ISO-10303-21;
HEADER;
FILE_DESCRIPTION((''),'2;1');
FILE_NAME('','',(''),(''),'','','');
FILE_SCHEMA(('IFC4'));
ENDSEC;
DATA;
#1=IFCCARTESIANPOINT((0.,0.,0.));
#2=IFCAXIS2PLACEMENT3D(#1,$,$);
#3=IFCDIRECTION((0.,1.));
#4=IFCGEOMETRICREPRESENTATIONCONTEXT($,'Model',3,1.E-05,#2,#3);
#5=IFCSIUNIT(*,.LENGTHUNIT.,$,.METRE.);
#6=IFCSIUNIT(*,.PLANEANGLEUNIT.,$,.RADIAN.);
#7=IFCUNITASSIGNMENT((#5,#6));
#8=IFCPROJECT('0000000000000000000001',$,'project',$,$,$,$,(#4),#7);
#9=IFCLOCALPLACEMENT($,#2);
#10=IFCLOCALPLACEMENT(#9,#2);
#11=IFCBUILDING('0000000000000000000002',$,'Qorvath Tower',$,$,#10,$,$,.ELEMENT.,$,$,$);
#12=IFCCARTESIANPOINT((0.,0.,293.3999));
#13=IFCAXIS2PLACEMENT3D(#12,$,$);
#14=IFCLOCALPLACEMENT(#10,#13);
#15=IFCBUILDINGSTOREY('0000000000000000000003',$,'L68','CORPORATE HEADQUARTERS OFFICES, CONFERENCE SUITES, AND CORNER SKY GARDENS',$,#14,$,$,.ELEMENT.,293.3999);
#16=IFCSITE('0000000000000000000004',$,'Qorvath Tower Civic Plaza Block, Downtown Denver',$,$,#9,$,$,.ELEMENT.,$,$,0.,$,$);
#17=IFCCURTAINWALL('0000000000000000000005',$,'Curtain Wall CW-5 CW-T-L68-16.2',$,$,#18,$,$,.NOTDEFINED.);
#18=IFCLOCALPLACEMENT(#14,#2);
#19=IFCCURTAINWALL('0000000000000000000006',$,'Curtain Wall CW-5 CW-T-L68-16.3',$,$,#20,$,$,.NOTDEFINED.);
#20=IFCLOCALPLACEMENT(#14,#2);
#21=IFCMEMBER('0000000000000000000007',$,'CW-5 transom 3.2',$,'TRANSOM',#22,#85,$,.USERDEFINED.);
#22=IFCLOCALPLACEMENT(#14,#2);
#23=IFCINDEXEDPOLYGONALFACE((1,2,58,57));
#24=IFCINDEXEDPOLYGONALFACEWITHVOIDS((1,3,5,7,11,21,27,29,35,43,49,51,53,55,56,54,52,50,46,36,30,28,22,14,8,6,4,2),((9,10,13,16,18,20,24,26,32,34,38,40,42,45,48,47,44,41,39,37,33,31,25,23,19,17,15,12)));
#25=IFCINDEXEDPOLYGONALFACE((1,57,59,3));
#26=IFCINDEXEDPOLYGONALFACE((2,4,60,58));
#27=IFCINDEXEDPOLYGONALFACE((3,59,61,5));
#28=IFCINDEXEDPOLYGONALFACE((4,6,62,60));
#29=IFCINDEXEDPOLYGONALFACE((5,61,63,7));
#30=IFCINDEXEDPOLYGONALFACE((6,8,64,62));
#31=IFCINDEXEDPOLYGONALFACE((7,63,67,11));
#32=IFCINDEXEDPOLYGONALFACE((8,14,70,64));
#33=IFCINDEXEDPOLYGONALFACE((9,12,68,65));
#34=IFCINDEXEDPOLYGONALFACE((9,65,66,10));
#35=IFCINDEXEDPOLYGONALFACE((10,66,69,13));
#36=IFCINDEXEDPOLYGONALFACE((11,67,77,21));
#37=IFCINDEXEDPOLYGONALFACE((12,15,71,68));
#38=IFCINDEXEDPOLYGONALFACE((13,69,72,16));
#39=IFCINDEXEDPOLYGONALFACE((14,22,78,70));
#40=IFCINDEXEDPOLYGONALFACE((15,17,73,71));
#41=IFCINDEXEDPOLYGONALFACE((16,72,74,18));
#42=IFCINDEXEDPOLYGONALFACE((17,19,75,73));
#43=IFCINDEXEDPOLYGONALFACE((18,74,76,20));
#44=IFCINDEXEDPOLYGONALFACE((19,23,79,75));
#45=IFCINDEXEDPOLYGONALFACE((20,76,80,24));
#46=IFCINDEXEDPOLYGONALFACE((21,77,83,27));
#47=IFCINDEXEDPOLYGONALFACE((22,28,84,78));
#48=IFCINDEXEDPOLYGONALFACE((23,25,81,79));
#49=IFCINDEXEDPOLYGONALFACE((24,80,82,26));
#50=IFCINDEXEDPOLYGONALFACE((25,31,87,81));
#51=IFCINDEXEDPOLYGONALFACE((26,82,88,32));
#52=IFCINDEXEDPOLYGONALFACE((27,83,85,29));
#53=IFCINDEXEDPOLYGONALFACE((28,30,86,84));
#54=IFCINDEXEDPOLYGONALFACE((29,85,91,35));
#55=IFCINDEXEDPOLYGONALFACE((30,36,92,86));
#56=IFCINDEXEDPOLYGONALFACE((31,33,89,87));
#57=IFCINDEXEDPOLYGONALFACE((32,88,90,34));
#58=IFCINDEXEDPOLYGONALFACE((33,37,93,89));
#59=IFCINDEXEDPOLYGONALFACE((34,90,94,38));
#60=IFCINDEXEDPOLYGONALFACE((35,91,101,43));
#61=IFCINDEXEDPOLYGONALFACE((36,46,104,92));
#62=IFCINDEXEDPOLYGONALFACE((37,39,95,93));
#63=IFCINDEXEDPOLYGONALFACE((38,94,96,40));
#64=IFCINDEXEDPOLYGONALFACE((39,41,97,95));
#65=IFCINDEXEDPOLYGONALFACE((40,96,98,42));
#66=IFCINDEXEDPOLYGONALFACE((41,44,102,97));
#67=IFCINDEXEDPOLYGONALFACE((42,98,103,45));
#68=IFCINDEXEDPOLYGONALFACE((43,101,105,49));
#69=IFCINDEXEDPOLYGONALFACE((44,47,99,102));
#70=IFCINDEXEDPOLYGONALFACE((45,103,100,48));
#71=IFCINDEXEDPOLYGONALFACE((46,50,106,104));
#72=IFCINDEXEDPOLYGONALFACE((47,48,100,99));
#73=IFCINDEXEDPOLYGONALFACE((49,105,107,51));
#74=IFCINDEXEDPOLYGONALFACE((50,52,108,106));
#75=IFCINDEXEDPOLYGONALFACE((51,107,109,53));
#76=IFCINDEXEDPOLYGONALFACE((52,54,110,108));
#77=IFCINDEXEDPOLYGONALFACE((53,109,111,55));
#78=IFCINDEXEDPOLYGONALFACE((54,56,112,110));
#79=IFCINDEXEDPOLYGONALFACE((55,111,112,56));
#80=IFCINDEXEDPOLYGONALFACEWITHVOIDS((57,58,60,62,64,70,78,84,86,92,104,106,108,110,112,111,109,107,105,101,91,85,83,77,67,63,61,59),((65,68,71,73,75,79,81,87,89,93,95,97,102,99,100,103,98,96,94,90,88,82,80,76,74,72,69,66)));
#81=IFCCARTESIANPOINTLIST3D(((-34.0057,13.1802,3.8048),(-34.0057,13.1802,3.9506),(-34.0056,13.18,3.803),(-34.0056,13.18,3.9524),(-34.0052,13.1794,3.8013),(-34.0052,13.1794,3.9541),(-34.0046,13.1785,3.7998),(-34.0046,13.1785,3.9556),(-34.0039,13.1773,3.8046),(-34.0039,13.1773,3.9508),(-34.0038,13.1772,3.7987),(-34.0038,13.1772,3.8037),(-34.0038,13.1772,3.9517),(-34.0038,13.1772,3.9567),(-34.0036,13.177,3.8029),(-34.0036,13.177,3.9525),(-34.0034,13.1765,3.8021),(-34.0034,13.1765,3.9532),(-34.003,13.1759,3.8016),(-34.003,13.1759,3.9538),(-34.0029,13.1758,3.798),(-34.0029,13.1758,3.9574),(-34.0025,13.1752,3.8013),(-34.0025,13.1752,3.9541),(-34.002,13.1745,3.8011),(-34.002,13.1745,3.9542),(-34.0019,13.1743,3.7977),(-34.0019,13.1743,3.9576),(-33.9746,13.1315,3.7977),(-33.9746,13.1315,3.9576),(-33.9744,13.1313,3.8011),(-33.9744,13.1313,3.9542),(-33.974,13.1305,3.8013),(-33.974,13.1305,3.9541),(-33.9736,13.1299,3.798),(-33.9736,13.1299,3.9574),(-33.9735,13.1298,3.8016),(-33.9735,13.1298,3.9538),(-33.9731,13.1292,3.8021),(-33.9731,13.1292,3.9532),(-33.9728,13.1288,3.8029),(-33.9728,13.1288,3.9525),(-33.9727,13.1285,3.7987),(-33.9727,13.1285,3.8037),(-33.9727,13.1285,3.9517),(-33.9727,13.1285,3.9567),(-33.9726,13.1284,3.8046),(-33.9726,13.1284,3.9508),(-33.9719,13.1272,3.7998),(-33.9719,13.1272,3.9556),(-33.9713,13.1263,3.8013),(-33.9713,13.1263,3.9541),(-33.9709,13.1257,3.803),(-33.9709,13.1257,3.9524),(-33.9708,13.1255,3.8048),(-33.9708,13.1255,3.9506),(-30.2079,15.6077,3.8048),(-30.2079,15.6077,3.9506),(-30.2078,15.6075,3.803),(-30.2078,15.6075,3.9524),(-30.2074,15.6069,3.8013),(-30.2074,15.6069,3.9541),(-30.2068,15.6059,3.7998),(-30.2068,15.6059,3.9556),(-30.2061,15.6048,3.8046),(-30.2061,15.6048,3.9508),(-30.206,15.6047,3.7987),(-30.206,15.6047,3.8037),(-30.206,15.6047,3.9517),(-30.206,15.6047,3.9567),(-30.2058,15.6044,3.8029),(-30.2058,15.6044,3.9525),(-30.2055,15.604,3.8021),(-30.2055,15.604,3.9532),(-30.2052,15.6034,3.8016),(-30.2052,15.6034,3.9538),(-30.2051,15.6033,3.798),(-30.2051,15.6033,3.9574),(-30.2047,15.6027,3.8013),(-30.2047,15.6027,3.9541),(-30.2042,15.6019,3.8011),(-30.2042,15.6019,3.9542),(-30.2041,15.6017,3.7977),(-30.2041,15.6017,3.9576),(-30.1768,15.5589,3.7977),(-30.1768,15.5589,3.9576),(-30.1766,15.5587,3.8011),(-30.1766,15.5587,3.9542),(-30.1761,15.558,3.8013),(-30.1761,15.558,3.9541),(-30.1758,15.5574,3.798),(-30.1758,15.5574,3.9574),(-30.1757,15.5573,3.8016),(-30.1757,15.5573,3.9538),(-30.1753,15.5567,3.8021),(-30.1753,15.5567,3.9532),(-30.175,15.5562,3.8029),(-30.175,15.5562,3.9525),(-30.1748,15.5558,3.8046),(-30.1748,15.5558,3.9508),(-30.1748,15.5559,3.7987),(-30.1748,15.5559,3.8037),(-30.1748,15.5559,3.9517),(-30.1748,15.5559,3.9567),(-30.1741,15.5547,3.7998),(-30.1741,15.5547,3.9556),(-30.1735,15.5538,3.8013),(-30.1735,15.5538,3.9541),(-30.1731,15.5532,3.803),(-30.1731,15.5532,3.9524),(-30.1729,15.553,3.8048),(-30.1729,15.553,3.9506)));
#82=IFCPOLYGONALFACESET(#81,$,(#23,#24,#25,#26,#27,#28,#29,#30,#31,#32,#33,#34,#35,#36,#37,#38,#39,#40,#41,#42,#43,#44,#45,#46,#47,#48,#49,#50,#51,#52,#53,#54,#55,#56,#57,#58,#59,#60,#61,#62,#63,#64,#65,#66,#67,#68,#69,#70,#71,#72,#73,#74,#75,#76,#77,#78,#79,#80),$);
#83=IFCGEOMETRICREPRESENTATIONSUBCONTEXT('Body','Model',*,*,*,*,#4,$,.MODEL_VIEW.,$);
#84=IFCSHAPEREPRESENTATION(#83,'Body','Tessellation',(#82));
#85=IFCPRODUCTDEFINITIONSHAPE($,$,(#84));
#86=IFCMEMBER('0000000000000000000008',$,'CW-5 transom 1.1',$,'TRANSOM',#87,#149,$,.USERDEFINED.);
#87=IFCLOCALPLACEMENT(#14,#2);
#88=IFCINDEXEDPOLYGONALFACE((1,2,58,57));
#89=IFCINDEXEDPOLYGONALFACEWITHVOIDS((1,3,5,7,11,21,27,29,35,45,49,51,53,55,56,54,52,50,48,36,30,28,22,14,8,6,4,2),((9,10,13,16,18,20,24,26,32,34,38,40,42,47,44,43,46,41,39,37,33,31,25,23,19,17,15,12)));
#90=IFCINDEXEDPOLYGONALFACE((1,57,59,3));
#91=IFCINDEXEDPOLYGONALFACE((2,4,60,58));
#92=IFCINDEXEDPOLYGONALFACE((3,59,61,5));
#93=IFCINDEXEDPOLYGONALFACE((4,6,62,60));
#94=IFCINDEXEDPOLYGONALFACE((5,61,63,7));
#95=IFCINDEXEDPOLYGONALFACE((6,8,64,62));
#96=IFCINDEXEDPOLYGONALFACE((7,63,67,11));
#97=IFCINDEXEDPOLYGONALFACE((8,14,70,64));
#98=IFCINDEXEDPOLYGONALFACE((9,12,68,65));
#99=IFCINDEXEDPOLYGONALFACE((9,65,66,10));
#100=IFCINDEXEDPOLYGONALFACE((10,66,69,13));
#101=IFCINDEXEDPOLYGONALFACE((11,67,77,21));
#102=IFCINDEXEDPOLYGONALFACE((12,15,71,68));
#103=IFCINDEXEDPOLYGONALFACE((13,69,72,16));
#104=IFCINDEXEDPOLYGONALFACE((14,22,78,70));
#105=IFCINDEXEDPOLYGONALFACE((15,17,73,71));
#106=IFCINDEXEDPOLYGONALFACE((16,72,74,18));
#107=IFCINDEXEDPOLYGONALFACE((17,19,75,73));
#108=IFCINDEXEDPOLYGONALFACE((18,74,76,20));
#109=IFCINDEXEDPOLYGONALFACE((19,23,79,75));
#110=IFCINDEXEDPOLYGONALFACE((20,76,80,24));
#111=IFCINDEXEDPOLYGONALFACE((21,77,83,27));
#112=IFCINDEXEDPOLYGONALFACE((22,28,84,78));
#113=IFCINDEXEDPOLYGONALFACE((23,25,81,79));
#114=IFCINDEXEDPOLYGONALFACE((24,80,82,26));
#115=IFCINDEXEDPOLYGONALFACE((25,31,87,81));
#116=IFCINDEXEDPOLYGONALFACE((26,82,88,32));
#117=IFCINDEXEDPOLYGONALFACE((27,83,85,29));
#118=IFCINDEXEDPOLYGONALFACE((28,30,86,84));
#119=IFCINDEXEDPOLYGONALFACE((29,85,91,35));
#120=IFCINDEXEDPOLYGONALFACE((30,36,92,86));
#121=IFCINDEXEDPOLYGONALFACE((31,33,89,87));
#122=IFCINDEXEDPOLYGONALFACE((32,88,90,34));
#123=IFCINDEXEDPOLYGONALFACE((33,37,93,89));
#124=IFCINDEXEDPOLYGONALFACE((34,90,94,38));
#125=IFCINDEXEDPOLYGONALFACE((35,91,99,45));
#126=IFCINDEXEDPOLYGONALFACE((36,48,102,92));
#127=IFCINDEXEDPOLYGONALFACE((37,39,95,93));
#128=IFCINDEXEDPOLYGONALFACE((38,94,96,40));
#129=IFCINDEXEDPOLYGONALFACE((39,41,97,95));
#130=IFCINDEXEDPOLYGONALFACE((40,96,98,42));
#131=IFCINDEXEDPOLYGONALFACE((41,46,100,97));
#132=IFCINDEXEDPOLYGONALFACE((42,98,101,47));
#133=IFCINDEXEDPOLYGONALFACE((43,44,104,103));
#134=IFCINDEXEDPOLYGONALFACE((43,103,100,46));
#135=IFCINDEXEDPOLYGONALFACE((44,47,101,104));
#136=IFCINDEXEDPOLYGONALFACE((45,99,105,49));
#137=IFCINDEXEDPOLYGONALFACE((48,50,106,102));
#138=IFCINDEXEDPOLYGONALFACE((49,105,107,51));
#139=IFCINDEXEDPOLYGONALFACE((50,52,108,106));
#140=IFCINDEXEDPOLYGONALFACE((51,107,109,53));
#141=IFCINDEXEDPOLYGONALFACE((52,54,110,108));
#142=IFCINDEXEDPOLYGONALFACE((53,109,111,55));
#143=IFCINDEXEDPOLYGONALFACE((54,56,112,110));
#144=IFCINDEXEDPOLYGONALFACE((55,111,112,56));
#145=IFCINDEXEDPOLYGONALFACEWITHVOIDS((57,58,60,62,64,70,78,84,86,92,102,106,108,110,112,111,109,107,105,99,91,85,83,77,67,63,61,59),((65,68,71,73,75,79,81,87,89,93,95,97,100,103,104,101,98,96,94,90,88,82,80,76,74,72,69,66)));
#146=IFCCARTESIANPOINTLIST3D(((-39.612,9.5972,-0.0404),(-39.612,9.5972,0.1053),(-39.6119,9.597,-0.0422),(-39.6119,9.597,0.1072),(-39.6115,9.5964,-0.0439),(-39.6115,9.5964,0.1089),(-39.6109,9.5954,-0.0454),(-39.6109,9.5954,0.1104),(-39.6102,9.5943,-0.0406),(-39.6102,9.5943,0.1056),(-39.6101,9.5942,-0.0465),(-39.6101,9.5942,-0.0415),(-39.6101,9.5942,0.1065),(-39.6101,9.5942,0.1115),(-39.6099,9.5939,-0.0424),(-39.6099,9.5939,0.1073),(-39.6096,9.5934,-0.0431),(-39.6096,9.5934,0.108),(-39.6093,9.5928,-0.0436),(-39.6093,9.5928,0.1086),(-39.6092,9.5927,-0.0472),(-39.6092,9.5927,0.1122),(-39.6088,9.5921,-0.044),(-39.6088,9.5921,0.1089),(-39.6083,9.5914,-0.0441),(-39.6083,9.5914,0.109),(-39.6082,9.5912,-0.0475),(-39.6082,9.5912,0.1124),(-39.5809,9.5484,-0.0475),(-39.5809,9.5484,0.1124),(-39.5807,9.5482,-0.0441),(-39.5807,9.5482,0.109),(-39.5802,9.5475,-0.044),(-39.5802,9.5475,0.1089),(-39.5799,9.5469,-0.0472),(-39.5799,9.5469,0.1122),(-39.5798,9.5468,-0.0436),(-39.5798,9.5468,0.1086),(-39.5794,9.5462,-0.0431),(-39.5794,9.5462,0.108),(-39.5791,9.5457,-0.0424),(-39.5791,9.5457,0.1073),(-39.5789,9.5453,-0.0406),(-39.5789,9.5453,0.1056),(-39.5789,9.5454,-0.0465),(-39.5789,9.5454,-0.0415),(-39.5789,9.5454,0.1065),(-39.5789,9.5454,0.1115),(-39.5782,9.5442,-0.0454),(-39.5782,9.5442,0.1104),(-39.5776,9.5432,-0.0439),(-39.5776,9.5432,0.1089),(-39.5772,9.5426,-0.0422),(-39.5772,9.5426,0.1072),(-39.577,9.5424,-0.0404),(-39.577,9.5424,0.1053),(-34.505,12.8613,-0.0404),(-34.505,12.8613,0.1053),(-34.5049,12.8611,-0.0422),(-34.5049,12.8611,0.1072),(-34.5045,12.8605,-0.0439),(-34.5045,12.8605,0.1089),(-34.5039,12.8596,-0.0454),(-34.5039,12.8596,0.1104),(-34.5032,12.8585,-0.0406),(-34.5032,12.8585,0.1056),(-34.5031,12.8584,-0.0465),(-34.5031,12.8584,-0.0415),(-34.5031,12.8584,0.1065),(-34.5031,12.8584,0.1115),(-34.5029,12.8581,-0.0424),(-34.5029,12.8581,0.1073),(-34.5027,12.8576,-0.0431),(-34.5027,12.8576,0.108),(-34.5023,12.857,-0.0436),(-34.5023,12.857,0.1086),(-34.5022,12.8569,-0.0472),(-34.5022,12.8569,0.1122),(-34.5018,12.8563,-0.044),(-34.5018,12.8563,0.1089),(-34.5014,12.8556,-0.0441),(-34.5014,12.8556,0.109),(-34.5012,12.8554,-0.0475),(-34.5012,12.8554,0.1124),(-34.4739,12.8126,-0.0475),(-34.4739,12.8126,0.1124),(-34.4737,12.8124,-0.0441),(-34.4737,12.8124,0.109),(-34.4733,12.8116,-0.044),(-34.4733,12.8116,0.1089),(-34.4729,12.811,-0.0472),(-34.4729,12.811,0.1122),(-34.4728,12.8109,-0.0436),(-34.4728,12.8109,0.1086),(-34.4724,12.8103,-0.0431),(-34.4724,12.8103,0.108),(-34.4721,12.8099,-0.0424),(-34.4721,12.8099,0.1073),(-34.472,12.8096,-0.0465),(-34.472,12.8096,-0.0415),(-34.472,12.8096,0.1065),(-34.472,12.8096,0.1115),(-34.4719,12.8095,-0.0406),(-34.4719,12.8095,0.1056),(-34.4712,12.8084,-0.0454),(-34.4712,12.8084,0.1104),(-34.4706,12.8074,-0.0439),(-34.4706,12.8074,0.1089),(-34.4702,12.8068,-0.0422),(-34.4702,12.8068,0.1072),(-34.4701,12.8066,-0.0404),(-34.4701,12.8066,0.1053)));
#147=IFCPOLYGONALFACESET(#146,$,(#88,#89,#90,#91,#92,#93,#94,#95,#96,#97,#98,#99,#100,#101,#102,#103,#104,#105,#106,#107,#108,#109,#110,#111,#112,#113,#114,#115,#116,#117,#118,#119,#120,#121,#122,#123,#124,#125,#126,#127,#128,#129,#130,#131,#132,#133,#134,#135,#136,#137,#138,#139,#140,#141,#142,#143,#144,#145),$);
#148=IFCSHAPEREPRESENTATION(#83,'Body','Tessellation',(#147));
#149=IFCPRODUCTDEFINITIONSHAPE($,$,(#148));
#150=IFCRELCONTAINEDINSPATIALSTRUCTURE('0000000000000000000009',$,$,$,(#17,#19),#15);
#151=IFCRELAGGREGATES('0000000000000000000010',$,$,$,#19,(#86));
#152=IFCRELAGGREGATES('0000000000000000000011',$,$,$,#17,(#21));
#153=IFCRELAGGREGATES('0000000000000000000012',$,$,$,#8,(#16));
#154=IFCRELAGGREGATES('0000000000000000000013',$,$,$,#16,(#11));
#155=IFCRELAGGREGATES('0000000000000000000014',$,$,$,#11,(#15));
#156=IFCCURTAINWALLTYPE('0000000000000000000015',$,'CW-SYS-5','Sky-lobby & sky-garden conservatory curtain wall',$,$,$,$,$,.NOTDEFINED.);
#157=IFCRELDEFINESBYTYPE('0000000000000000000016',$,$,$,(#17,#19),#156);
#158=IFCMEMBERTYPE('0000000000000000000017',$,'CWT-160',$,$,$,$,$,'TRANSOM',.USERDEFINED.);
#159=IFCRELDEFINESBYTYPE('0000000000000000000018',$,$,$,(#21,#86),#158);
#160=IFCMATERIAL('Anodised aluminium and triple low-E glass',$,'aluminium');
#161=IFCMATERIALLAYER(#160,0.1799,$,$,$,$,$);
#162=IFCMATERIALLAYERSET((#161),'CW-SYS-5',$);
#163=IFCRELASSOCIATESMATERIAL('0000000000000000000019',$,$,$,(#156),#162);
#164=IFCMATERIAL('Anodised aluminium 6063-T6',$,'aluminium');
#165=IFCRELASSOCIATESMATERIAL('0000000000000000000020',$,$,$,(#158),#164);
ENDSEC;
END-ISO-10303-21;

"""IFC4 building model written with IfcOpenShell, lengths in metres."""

from ifc_helpers import new_model, si_unit, direction, frame, origin, origin_2d, place, context, subcontext, project, spatial, hollow_rectangle, extrude, material, layer, layer_set, material_profile, profile_set, type_object, element, aggregate, save


model = new_model("IFC4")

# Units and contexts
model_context = context("Model", 3, precision=1e-05, world=origin(), true_north=direction((0.0, 1.0)))
body_context = subcontext(model_context, "Body", "Model", "MODEL_VIEW")
ifc_project = project(units=[si_unit("LENGTHUNIT", "METRE"), si_unit("PLANEANGLEUNIT", "RADIAN")], contexts=[model_context])

# Site, building, storey
site_placement = place(None, origin())
site = spatial("IfcSite", under=ifc_project, at=site_placement, Name="Qorvath Tower Civic Plaza Block, Downtown Denver", CompositionType="ELEMENT", RefElevation=0.0)
building_placement = place(site_placement, origin())
building = spatial("IfcBuilding", under=site, at=building_placement, Name="Qorvath Tower", CompositionType="ELEMENT")
storey_placement = place(building_placement, frame((0.0, 0.0, 293.3999)))
storey = spatial("IfcBuildingStorey", under=building, at=storey_placement, Name="L68", Description="CORPORATE HEADQUARTERS OFFICES, CONFERENCE SUITES, AND CORNER SKY GARDENS", CompositionType="ELEMENT", Elevation=293.3999)

# Curtain walls
ifc_material_1 = material(Name="Anodised aluminium and triple low-E glass", Category="aluminium")
ifc_layer_1 = layer(ifc_material_1, 0.1799)
ifc_layer_set_1 = layer_set([ifc_layer_1], Name="CW-SYS-5")
curtain_wall_type = type_object("IfcCurtainWallType", Name="CW-SYS-5", Description="Sky-lobby & sky-garden conservatory curtain wall", PredefinedType="NOTDEFINED", material=ifc_layer_set_1)
curtain_wall_1_placement = place(storey_placement, origin())
curtain_wall_1 = element("IfcCurtainWall", 1, at=curtain_wall_1_placement, inside=storey, type_object=curtain_wall_type, Name="Curtain Wall CW-5 CW-T-L68-16.2", PredefinedType="NOTDEFINED")
curtain_wall_2_placement = place(storey_placement, origin())
curtain_wall_2 = element("IfcCurtainWall", 2, at=curtain_wall_2_placement, inside=storey, type_object=curtain_wall_type, Name="Curtain Wall CW-5 CW-T-L68-16.3", PredefinedType="NOTDEFINED")

# Members
ifc_material_2 = material(Name="Anodised aluminium 6063-T6", Category="aluminium")
ifc_material_profile_1 = material_profile(ifc_material_2, hollow_rectangle(XDim=0.0649, YDim=0.1599, WallThickness=0.0034, InnerFilletRadius=0.0034, OuterFilletRadius=0.0071, at=origin_2d()), Name="CWT 160x65")
ifc_profile_set_1 = profile_set([ifc_material_profile_1], Name="Anodised aluminium 6063-T6")
member_type_1 = type_object("IfcMemberType", Name="CWT-160", ElementType="TRANSOM", PredefinedType="USERDEFINED", material=ifc_profile_set_1)
member_1_placement = place(storey_placement, frame((-30.1904, 15.5803, 3.8777), z_axis=(-0.842587, -0.53856, 0.0), x_axis=(0.53856, -0.842587, 0.0)))
member_1 = element("IfcMember", 3, at=member_1_placement, type_object=member_type_1, Name="CW-5 transom 3.2", ObjectType="TRANSOM", PredefinedType="USERDEFINED", context=body_context, shape_type="SweptSolid", body=[
    extrude(hollow_rectangle(XDim=0.0649, YDim=0.1599, WallThickness=0.0034, InnerFilletRadius=0.0034, OuterFilletRadius=0.0071, at=origin_2d()), origin(), (0.0, 0.0, 1.0), 4.5073),
])
member_2_placement = place(storey_placement, frame((-34.4875, 12.834, 0.0325), z_axis=(-0.842592, -0.538553, 0.0), x_axis=(0.538553, -0.842592, 0.0)))
member_2 = element("IfcMember", 4, at=member_2_placement, type_object=member_type_1, Name="CW-5 transom 1.1", ObjectType="TRANSOM", PredefinedType="USERDEFINED", context=body_context, shape_type="SweptSolid", body=[
    extrude(hollow_rectangle(XDim=0.0649, YDim=0.1599, WallThickness=0.0034, InnerFilletRadius=0.0034, OuterFilletRadius=0.0071, at=origin_2d()), origin(), (0.0, 0.0, 1.0), 6.061),
])
aggregate(curtain_wall_2, [member_2])

aggregate(curtain_wall_1, [member_1])

save(model, "model.ifc")
